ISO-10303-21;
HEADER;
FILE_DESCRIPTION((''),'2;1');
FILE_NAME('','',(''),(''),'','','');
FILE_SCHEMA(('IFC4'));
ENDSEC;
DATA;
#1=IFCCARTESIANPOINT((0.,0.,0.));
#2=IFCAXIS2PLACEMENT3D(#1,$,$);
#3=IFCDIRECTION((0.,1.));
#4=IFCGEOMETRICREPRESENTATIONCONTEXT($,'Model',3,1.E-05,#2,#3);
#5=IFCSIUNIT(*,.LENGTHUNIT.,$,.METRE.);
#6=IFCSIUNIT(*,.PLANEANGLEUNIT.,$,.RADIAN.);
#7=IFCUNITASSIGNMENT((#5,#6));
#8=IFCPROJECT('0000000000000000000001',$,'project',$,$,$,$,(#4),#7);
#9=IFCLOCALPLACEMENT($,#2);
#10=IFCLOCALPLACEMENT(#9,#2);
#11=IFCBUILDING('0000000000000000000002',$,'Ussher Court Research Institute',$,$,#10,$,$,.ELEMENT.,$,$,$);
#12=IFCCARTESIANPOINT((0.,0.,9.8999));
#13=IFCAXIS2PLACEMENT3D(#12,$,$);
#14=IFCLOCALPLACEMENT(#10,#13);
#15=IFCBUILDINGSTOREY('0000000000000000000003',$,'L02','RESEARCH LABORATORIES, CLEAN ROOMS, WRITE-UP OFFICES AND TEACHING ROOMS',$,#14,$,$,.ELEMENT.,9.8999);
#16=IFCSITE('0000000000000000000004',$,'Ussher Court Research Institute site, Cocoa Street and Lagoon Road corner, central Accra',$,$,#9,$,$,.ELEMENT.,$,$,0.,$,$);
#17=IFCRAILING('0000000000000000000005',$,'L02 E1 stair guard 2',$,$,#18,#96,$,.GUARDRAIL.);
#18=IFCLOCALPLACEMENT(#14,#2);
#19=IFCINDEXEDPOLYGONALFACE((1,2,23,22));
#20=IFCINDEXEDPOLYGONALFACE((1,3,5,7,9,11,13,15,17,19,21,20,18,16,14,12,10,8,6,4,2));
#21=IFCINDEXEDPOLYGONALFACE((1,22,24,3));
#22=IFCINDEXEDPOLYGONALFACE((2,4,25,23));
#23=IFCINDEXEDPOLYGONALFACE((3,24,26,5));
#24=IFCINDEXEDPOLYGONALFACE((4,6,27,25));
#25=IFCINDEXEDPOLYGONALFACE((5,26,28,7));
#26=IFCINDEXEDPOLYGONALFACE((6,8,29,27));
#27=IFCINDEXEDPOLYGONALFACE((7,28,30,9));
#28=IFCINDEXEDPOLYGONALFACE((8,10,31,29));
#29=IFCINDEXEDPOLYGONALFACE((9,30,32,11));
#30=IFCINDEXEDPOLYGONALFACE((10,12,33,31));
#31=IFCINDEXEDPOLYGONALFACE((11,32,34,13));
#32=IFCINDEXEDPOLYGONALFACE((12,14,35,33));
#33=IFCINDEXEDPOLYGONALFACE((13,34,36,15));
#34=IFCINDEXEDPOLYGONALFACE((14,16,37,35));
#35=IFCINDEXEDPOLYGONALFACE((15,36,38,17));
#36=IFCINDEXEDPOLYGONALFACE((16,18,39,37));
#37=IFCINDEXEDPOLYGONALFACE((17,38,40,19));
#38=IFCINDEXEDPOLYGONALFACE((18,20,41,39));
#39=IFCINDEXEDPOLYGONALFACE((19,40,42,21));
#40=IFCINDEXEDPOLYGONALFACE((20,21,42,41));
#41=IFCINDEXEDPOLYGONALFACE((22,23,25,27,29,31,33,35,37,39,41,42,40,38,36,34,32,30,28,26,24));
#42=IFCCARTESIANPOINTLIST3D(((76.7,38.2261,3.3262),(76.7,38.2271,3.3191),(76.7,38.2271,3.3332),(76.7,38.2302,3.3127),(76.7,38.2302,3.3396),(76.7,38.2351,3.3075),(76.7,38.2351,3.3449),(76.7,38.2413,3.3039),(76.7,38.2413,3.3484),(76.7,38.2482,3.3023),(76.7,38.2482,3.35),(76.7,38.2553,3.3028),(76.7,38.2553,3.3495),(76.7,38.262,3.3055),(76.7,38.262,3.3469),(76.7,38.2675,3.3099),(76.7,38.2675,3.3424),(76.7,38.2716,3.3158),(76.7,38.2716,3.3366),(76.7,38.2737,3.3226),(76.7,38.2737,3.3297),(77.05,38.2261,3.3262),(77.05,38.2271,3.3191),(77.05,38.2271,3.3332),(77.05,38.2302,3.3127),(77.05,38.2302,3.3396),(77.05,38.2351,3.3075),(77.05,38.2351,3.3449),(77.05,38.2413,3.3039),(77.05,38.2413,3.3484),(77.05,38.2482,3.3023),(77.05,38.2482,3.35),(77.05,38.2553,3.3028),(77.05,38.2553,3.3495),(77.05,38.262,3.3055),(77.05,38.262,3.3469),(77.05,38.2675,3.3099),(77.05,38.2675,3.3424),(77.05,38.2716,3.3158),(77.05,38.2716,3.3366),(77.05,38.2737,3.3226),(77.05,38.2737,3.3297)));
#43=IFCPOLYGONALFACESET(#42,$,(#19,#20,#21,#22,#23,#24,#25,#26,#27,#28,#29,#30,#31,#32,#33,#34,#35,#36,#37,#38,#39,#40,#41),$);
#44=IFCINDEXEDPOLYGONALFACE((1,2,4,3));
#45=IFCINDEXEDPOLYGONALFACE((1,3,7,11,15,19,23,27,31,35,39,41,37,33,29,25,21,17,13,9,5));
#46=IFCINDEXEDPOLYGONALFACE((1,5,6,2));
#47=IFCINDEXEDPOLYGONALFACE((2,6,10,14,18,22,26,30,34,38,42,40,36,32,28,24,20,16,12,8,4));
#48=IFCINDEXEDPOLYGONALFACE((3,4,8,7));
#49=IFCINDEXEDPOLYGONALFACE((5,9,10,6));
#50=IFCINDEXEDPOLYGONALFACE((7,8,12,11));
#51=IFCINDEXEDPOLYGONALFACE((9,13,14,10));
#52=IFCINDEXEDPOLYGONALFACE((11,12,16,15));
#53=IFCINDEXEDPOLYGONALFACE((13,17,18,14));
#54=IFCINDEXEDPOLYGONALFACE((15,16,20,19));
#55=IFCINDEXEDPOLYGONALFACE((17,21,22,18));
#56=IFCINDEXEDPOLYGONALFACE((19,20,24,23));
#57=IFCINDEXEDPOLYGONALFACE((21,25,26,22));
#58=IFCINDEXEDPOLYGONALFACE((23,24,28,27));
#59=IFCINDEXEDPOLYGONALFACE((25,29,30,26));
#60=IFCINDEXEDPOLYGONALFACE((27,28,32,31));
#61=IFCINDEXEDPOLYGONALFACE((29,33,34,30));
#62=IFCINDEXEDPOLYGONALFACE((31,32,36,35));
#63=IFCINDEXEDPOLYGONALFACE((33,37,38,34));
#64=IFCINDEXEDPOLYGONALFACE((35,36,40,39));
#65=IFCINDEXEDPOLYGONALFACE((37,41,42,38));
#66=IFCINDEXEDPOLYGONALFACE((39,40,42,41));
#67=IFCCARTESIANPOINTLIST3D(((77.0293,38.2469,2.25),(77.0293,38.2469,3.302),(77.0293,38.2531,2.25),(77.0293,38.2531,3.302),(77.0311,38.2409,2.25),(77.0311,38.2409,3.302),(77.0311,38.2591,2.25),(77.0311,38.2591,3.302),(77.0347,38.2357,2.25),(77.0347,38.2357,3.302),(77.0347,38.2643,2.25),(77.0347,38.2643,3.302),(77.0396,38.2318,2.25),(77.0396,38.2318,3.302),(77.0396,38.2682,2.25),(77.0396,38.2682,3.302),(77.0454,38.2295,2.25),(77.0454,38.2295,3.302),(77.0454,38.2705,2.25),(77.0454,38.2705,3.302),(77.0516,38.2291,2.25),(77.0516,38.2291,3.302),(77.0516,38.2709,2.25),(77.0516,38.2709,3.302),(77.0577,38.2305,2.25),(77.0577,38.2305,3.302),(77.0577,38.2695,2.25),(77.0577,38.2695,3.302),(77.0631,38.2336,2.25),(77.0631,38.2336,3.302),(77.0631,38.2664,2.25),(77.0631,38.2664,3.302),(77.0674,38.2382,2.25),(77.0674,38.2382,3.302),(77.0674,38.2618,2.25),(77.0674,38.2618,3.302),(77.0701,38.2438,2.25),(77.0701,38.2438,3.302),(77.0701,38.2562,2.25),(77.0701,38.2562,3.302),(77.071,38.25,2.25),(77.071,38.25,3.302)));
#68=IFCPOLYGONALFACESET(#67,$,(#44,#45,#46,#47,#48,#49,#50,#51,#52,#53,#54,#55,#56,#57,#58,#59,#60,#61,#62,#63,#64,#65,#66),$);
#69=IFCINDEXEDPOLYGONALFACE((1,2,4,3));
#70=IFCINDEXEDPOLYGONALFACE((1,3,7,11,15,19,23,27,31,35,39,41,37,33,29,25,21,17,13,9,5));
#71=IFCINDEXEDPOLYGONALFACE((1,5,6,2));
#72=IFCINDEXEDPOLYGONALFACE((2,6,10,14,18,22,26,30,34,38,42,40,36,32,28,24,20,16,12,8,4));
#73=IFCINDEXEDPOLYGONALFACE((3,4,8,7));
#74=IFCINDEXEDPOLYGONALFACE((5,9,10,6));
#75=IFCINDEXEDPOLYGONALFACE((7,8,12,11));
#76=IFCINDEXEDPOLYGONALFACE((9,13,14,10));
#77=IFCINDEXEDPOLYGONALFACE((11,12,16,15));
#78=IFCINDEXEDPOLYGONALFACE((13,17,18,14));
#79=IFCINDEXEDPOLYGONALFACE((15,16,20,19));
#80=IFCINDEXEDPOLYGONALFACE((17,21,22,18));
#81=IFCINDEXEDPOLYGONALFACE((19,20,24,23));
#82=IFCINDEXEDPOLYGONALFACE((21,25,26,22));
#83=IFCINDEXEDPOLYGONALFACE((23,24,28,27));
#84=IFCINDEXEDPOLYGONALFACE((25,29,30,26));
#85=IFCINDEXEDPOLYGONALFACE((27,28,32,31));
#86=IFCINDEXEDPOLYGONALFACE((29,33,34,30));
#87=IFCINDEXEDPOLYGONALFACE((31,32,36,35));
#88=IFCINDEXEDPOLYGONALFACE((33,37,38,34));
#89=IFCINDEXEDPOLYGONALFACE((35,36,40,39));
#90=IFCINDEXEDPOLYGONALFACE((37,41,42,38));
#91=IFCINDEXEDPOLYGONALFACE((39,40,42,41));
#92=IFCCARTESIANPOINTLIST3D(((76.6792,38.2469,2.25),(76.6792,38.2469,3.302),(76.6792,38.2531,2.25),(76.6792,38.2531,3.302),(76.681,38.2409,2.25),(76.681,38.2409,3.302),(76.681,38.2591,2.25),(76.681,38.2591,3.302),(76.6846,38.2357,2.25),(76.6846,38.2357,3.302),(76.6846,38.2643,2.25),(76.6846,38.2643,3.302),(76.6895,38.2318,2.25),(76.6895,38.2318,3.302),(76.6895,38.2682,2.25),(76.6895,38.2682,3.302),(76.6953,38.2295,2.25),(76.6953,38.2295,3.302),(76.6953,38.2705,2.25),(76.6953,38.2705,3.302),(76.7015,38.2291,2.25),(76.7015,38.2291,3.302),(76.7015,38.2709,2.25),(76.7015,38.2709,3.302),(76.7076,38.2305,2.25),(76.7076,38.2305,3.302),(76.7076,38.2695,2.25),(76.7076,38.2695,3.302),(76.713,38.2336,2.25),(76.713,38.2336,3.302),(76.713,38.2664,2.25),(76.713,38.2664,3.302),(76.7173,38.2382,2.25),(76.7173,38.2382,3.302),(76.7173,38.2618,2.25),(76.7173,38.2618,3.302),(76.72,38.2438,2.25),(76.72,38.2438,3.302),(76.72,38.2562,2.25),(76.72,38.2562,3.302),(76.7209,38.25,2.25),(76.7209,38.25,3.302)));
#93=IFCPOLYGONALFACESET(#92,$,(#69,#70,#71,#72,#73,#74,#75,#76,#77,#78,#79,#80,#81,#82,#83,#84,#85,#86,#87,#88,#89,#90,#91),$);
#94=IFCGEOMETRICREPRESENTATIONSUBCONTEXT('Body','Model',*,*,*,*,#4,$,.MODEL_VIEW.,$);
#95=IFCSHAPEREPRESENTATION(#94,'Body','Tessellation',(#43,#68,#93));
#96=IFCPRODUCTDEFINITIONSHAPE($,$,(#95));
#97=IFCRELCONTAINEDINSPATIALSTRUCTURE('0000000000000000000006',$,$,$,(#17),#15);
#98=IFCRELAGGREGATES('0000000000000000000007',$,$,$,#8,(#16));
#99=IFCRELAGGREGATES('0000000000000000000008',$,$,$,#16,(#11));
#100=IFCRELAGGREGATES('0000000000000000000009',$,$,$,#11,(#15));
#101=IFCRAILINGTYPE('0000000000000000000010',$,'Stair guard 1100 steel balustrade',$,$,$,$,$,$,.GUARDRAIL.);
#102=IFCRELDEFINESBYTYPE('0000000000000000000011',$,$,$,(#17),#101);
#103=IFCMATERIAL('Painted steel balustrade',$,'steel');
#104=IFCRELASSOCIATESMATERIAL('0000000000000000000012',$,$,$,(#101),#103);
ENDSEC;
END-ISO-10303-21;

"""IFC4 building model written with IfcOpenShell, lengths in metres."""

from ifc_helpers import new_model, si_unit, direction, frame, origin, origin_2d, place, context, subcontext, project, spatial, circle, extrude, material, type_object, element, save


model = new_model("IFC4")

# Units and contexts
model_context = context("Model", 3, precision=1e-05, world=origin(), true_north=direction((0.0, 1.0)))
body_context = subcontext(model_context, "Body", "Model", "MODEL_VIEW")
ifc_project = project(units=[si_unit("LENGTHUNIT", "METRE"), si_unit("PLANEANGLEUNIT", "RADIAN")], contexts=[model_context])

# Site, building, storey
site_placement = place(None, origin())
site = spatial("IfcSite", under=ifc_project, at=site_placement, Name="Ussher Court Research Institute site, Cocoa Street and Lagoon Road corner, central Accra", CompositionType="ELEMENT", RefElevation=0.0)
building_placement = place(site_placement, origin())
building = spatial("IfcBuilding", under=site, at=building_placement, Name="Ussher Court Research Institute", CompositionType="ELEMENT")
storey_placement = place(building_placement, frame((0.0, 0.0, 9.8999)))
storey = spatial("IfcBuildingStorey", under=building, at=storey_placement, Name="L02", Description="RESEARCH LABORATORIES, CLEAN ROOMS, WRITE-UP OFFICES AND TEACHING ROOMS", CompositionType="ELEMENT", Elevation=9.8999)

# Railing
ifc_material_1 = material(Name="Painted steel balustrade", Category="steel")
railing_type = type_object("IfcRailingType", Name="Stair guard 1100 steel balustrade", PredefinedType="GUARDRAIL", material=ifc_material_1)
railing_placement = place(storey_placement, frame((77.05, 38.25, 2.25)))
element("IfcRailing", 1, at=railing_placement, inside=storey, type_object=railing_type, Name="L02 E1 stair guard 2", PredefinedType="GUARDRAIL", context=body_context, shape_type="SweptSolid", body=[
    extrude(circle(Radius=0.0239, at=origin_2d()), frame((0.0, 0.0, 1.0762), z_axis=(-1.0, 0.0, 0.0), x_axis=(0.0, -1.0, 0.0)), (0.0, 0.0, 1.0), 0.3501),
    extrude(circle(Radius=0.021, at=origin_2d()), origin(), (0.0, 0.0, 1.0), 1.052),
    extrude(circle(Radius=0.021, at=origin_2d()), frame((-0.3501, 0.0, 0.0)), (0.0, 0.0, 1.0), 1.052),
])

save(model, "model.ifc")
